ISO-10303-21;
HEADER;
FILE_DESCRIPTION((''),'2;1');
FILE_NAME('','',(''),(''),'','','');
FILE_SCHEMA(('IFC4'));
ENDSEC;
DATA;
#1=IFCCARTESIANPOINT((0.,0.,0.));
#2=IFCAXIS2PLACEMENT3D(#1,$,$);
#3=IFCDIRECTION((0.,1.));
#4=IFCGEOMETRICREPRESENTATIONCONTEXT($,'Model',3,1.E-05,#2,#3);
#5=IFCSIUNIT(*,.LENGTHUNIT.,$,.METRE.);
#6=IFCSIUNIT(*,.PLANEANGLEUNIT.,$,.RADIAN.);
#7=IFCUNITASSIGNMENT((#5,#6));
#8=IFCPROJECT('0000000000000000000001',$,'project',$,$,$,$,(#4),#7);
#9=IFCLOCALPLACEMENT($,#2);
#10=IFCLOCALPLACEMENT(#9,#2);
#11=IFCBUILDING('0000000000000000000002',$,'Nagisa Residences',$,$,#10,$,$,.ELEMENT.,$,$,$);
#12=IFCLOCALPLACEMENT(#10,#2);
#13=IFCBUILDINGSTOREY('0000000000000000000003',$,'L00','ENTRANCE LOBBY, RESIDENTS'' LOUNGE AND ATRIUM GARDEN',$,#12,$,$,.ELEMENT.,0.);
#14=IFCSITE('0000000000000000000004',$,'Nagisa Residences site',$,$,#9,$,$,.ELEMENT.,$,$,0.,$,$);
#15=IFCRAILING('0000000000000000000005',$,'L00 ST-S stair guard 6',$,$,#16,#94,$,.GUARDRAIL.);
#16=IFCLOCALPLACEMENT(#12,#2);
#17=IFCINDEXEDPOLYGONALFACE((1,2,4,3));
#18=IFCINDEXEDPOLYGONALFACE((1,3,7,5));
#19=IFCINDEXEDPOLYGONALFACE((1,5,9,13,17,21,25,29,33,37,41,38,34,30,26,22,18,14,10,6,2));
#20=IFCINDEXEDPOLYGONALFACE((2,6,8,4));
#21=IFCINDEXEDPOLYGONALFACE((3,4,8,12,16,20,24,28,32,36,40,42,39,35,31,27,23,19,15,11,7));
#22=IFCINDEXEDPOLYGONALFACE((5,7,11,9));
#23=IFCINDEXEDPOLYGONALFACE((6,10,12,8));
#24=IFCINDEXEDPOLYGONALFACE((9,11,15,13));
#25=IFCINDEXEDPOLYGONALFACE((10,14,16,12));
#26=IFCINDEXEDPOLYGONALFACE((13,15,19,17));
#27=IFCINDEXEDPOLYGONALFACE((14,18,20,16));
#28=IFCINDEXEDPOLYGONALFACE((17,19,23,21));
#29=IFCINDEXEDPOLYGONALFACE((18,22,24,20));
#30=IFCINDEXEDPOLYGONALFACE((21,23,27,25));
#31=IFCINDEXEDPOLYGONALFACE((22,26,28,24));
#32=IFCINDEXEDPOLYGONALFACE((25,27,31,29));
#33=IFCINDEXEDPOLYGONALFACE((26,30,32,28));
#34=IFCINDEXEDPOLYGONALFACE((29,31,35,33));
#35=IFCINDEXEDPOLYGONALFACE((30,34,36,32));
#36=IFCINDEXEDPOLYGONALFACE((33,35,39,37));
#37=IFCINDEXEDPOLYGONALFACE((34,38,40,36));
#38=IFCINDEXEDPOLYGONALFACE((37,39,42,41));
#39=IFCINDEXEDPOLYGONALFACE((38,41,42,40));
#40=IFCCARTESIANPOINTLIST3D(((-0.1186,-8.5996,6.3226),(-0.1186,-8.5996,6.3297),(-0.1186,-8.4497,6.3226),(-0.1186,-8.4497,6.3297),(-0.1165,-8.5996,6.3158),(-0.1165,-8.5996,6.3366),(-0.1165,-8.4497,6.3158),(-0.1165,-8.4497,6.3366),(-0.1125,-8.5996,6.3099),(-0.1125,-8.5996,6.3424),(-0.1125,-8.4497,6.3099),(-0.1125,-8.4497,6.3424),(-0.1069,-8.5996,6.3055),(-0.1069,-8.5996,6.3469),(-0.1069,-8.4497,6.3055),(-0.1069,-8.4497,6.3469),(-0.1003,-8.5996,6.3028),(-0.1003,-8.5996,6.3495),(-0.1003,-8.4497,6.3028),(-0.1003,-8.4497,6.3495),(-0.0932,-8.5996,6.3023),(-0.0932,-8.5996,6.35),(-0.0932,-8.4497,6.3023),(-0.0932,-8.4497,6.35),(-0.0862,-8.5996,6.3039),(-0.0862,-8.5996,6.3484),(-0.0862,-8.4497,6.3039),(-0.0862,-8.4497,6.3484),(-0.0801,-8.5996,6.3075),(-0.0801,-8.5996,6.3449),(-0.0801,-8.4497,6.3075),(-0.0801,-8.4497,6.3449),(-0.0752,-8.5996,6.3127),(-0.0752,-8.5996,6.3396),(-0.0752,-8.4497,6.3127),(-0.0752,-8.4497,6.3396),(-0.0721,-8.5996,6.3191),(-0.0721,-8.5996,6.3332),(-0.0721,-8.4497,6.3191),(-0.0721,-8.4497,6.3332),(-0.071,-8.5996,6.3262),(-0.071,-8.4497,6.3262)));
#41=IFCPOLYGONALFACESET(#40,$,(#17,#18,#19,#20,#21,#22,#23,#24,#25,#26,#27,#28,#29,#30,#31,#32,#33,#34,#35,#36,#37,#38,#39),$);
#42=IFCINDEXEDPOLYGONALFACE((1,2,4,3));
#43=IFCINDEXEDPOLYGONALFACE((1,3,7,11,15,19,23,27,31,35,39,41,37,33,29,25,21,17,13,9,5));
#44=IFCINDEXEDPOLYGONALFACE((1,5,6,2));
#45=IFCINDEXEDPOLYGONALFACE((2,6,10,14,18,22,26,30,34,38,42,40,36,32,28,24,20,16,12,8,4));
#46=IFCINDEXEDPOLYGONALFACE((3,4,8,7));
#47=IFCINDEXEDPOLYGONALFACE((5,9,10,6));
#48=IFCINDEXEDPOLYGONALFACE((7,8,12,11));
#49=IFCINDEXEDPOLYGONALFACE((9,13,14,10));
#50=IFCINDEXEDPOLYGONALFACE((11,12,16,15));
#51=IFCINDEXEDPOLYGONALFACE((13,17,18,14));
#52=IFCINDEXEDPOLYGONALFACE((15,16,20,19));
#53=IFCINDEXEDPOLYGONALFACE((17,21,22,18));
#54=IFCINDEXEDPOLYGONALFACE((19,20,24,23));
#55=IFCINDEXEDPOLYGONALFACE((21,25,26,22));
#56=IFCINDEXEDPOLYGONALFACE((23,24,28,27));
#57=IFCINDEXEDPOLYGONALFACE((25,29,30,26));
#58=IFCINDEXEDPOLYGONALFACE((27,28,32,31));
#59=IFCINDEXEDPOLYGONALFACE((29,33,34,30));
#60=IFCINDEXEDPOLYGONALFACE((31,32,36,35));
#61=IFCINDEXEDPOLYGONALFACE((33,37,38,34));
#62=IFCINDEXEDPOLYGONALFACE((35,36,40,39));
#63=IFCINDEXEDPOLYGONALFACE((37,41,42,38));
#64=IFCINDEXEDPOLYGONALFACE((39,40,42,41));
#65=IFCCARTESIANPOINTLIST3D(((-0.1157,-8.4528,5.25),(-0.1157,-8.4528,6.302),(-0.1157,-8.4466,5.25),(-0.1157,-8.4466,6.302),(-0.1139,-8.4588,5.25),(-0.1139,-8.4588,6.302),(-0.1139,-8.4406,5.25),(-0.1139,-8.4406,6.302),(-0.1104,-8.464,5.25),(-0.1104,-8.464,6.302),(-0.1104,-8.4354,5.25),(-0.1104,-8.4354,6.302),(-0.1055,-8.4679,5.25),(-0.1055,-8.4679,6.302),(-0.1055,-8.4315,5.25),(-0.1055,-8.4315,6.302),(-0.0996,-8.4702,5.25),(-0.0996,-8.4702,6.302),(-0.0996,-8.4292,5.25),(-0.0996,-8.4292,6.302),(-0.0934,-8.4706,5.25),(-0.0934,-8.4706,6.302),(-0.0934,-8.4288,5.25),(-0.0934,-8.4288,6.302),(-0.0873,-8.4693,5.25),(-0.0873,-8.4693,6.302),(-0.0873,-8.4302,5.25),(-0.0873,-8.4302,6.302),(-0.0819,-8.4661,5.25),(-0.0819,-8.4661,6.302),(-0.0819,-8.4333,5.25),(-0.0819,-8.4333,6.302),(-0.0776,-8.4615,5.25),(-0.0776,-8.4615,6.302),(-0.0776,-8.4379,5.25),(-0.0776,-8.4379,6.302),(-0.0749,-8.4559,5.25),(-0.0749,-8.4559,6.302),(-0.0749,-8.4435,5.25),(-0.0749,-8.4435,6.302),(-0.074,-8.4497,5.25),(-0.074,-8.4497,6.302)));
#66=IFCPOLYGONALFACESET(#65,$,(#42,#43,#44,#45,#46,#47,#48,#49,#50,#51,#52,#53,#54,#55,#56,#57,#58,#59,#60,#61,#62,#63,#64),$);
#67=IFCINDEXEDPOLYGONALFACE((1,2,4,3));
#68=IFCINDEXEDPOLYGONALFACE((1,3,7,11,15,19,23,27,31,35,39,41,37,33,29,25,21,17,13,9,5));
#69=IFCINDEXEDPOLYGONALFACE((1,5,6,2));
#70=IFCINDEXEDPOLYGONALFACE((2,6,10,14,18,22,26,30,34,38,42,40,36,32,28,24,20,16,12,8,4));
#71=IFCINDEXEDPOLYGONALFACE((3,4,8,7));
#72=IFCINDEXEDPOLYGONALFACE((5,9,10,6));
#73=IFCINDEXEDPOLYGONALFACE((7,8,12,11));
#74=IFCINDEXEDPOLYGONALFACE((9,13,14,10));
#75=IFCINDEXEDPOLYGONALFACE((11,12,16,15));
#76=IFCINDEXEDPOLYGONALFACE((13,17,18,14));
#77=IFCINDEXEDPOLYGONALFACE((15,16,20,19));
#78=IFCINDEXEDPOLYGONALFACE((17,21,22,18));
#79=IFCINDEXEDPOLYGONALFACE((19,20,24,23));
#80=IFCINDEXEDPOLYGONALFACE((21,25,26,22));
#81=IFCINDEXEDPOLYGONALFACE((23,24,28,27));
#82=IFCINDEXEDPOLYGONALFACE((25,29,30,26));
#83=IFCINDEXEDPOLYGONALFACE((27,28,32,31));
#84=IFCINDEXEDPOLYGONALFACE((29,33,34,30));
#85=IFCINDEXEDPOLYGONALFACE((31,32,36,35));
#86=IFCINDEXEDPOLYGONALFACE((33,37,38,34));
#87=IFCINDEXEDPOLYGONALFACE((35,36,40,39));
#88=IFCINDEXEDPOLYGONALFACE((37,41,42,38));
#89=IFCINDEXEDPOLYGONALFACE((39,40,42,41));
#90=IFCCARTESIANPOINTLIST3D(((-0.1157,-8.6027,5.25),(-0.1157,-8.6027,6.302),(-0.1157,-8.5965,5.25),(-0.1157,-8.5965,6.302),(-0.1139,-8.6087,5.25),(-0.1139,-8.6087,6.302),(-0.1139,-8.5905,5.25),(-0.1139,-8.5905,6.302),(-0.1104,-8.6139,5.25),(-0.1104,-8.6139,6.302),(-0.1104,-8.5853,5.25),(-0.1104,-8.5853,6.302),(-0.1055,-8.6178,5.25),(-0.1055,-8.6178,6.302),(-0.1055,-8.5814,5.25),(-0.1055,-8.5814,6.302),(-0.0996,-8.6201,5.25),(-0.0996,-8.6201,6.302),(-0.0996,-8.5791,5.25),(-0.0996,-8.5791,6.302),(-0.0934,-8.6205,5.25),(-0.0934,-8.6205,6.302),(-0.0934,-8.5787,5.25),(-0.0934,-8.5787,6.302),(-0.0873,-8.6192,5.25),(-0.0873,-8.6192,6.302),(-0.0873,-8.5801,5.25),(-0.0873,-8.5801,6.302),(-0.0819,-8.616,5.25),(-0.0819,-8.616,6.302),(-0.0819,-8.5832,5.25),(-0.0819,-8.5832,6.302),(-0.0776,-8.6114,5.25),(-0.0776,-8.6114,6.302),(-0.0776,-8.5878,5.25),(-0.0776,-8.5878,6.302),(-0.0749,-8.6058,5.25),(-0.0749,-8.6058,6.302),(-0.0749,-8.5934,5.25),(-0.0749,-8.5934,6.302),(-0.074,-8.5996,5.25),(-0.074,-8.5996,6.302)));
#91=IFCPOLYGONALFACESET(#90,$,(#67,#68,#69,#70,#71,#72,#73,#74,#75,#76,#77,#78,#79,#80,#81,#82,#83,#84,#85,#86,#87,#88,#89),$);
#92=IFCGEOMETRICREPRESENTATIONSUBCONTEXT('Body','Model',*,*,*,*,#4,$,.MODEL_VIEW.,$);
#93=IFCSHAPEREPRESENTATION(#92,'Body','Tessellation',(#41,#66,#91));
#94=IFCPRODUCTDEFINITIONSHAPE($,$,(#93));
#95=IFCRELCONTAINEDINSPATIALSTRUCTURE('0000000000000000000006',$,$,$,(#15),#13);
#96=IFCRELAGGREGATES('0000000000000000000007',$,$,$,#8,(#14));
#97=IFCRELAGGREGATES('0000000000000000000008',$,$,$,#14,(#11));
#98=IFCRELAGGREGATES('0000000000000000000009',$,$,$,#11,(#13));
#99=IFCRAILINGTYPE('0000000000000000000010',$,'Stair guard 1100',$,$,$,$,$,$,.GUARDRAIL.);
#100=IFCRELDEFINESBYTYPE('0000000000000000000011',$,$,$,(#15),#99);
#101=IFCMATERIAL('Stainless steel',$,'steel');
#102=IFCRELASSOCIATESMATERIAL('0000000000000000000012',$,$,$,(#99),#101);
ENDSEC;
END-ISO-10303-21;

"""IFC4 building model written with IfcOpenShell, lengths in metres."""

from ifc_helpers import new_model, si_unit, direction, frame, origin, origin_2d, place, context, subcontext, project, spatial, circle, extrude, material, type_object, element, save


model = new_model("IFC4")

# Units and contexts
model_context = context("Model", 3, precision=1e-05, world=origin(), true_north=direction((0.0, 1.0)))
body_context = subcontext(model_context, "Body", "Model", "MODEL_VIEW")
ifc_project = project(units=[si_unit("LENGTHUNIT", "METRE"), si_unit("PLANEANGLEUNIT", "RADIAN")], contexts=[model_context])

# Site, building, storey
site_placement = place(None, origin())
site = spatial("IfcSite", under=ifc_project, at=site_placement, Name="Nagisa Residences site", CompositionType="ELEMENT", RefElevation=0.0)
building_placement = place(site_placement, origin())
building = spatial("IfcBuilding", under=site, at=building_placement, Name="Nagisa Residences", CompositionType="ELEMENT")
storey_placement = place(building_placement, origin())
storey = spatial("IfcBuildingStorey", under=building, at=storey_placement, Name="L00", Description="ENTRANCE LOBBY, RESIDENTS' LOUNGE AND ATRIUM GARDEN", CompositionType="ELEMENT", Elevation=0.0)

# Railing
ifc_material_1 = material(Name="Stainless steel", Category="steel")
railing_type_1 = type_object("IfcRailingType", Name="Stair guard 1100", PredefinedType="GUARDRAIL", material=ifc_material_1)
railing_1_placement = place(storey_placement, frame((-0.095, -8.4497, 5.25)))
element("IfcRailing", 1, at=railing_1_placement, inside=storey, type_object=railing_type_1, Name="L00 ST-S stair guard 6", PredefinedType="GUARDRAIL", context=body_context, shape_type="SweptSolid", body=[
    extrude(circle(Radius=0.0239, at=origin_2d()), frame((0.0, 0.0, 1.0762), z_axis=(0.0, -1.0, 0.0), x_axis=(1.0, 0.0, 0.0)), (0.0, 0.0, 1.0), 0.1499),
    extrude(circle(Radius=0.021, at=origin_2d()), origin(), (0.0, 0.0, 1.0), 1.052),
    extrude(circle(Radius=0.021, at=origin_2d()), frame((0.0, -0.1499, 0.0)), (0.0, 0.0, 1.0), 1.052),
])

save(model, "model.ifc")
